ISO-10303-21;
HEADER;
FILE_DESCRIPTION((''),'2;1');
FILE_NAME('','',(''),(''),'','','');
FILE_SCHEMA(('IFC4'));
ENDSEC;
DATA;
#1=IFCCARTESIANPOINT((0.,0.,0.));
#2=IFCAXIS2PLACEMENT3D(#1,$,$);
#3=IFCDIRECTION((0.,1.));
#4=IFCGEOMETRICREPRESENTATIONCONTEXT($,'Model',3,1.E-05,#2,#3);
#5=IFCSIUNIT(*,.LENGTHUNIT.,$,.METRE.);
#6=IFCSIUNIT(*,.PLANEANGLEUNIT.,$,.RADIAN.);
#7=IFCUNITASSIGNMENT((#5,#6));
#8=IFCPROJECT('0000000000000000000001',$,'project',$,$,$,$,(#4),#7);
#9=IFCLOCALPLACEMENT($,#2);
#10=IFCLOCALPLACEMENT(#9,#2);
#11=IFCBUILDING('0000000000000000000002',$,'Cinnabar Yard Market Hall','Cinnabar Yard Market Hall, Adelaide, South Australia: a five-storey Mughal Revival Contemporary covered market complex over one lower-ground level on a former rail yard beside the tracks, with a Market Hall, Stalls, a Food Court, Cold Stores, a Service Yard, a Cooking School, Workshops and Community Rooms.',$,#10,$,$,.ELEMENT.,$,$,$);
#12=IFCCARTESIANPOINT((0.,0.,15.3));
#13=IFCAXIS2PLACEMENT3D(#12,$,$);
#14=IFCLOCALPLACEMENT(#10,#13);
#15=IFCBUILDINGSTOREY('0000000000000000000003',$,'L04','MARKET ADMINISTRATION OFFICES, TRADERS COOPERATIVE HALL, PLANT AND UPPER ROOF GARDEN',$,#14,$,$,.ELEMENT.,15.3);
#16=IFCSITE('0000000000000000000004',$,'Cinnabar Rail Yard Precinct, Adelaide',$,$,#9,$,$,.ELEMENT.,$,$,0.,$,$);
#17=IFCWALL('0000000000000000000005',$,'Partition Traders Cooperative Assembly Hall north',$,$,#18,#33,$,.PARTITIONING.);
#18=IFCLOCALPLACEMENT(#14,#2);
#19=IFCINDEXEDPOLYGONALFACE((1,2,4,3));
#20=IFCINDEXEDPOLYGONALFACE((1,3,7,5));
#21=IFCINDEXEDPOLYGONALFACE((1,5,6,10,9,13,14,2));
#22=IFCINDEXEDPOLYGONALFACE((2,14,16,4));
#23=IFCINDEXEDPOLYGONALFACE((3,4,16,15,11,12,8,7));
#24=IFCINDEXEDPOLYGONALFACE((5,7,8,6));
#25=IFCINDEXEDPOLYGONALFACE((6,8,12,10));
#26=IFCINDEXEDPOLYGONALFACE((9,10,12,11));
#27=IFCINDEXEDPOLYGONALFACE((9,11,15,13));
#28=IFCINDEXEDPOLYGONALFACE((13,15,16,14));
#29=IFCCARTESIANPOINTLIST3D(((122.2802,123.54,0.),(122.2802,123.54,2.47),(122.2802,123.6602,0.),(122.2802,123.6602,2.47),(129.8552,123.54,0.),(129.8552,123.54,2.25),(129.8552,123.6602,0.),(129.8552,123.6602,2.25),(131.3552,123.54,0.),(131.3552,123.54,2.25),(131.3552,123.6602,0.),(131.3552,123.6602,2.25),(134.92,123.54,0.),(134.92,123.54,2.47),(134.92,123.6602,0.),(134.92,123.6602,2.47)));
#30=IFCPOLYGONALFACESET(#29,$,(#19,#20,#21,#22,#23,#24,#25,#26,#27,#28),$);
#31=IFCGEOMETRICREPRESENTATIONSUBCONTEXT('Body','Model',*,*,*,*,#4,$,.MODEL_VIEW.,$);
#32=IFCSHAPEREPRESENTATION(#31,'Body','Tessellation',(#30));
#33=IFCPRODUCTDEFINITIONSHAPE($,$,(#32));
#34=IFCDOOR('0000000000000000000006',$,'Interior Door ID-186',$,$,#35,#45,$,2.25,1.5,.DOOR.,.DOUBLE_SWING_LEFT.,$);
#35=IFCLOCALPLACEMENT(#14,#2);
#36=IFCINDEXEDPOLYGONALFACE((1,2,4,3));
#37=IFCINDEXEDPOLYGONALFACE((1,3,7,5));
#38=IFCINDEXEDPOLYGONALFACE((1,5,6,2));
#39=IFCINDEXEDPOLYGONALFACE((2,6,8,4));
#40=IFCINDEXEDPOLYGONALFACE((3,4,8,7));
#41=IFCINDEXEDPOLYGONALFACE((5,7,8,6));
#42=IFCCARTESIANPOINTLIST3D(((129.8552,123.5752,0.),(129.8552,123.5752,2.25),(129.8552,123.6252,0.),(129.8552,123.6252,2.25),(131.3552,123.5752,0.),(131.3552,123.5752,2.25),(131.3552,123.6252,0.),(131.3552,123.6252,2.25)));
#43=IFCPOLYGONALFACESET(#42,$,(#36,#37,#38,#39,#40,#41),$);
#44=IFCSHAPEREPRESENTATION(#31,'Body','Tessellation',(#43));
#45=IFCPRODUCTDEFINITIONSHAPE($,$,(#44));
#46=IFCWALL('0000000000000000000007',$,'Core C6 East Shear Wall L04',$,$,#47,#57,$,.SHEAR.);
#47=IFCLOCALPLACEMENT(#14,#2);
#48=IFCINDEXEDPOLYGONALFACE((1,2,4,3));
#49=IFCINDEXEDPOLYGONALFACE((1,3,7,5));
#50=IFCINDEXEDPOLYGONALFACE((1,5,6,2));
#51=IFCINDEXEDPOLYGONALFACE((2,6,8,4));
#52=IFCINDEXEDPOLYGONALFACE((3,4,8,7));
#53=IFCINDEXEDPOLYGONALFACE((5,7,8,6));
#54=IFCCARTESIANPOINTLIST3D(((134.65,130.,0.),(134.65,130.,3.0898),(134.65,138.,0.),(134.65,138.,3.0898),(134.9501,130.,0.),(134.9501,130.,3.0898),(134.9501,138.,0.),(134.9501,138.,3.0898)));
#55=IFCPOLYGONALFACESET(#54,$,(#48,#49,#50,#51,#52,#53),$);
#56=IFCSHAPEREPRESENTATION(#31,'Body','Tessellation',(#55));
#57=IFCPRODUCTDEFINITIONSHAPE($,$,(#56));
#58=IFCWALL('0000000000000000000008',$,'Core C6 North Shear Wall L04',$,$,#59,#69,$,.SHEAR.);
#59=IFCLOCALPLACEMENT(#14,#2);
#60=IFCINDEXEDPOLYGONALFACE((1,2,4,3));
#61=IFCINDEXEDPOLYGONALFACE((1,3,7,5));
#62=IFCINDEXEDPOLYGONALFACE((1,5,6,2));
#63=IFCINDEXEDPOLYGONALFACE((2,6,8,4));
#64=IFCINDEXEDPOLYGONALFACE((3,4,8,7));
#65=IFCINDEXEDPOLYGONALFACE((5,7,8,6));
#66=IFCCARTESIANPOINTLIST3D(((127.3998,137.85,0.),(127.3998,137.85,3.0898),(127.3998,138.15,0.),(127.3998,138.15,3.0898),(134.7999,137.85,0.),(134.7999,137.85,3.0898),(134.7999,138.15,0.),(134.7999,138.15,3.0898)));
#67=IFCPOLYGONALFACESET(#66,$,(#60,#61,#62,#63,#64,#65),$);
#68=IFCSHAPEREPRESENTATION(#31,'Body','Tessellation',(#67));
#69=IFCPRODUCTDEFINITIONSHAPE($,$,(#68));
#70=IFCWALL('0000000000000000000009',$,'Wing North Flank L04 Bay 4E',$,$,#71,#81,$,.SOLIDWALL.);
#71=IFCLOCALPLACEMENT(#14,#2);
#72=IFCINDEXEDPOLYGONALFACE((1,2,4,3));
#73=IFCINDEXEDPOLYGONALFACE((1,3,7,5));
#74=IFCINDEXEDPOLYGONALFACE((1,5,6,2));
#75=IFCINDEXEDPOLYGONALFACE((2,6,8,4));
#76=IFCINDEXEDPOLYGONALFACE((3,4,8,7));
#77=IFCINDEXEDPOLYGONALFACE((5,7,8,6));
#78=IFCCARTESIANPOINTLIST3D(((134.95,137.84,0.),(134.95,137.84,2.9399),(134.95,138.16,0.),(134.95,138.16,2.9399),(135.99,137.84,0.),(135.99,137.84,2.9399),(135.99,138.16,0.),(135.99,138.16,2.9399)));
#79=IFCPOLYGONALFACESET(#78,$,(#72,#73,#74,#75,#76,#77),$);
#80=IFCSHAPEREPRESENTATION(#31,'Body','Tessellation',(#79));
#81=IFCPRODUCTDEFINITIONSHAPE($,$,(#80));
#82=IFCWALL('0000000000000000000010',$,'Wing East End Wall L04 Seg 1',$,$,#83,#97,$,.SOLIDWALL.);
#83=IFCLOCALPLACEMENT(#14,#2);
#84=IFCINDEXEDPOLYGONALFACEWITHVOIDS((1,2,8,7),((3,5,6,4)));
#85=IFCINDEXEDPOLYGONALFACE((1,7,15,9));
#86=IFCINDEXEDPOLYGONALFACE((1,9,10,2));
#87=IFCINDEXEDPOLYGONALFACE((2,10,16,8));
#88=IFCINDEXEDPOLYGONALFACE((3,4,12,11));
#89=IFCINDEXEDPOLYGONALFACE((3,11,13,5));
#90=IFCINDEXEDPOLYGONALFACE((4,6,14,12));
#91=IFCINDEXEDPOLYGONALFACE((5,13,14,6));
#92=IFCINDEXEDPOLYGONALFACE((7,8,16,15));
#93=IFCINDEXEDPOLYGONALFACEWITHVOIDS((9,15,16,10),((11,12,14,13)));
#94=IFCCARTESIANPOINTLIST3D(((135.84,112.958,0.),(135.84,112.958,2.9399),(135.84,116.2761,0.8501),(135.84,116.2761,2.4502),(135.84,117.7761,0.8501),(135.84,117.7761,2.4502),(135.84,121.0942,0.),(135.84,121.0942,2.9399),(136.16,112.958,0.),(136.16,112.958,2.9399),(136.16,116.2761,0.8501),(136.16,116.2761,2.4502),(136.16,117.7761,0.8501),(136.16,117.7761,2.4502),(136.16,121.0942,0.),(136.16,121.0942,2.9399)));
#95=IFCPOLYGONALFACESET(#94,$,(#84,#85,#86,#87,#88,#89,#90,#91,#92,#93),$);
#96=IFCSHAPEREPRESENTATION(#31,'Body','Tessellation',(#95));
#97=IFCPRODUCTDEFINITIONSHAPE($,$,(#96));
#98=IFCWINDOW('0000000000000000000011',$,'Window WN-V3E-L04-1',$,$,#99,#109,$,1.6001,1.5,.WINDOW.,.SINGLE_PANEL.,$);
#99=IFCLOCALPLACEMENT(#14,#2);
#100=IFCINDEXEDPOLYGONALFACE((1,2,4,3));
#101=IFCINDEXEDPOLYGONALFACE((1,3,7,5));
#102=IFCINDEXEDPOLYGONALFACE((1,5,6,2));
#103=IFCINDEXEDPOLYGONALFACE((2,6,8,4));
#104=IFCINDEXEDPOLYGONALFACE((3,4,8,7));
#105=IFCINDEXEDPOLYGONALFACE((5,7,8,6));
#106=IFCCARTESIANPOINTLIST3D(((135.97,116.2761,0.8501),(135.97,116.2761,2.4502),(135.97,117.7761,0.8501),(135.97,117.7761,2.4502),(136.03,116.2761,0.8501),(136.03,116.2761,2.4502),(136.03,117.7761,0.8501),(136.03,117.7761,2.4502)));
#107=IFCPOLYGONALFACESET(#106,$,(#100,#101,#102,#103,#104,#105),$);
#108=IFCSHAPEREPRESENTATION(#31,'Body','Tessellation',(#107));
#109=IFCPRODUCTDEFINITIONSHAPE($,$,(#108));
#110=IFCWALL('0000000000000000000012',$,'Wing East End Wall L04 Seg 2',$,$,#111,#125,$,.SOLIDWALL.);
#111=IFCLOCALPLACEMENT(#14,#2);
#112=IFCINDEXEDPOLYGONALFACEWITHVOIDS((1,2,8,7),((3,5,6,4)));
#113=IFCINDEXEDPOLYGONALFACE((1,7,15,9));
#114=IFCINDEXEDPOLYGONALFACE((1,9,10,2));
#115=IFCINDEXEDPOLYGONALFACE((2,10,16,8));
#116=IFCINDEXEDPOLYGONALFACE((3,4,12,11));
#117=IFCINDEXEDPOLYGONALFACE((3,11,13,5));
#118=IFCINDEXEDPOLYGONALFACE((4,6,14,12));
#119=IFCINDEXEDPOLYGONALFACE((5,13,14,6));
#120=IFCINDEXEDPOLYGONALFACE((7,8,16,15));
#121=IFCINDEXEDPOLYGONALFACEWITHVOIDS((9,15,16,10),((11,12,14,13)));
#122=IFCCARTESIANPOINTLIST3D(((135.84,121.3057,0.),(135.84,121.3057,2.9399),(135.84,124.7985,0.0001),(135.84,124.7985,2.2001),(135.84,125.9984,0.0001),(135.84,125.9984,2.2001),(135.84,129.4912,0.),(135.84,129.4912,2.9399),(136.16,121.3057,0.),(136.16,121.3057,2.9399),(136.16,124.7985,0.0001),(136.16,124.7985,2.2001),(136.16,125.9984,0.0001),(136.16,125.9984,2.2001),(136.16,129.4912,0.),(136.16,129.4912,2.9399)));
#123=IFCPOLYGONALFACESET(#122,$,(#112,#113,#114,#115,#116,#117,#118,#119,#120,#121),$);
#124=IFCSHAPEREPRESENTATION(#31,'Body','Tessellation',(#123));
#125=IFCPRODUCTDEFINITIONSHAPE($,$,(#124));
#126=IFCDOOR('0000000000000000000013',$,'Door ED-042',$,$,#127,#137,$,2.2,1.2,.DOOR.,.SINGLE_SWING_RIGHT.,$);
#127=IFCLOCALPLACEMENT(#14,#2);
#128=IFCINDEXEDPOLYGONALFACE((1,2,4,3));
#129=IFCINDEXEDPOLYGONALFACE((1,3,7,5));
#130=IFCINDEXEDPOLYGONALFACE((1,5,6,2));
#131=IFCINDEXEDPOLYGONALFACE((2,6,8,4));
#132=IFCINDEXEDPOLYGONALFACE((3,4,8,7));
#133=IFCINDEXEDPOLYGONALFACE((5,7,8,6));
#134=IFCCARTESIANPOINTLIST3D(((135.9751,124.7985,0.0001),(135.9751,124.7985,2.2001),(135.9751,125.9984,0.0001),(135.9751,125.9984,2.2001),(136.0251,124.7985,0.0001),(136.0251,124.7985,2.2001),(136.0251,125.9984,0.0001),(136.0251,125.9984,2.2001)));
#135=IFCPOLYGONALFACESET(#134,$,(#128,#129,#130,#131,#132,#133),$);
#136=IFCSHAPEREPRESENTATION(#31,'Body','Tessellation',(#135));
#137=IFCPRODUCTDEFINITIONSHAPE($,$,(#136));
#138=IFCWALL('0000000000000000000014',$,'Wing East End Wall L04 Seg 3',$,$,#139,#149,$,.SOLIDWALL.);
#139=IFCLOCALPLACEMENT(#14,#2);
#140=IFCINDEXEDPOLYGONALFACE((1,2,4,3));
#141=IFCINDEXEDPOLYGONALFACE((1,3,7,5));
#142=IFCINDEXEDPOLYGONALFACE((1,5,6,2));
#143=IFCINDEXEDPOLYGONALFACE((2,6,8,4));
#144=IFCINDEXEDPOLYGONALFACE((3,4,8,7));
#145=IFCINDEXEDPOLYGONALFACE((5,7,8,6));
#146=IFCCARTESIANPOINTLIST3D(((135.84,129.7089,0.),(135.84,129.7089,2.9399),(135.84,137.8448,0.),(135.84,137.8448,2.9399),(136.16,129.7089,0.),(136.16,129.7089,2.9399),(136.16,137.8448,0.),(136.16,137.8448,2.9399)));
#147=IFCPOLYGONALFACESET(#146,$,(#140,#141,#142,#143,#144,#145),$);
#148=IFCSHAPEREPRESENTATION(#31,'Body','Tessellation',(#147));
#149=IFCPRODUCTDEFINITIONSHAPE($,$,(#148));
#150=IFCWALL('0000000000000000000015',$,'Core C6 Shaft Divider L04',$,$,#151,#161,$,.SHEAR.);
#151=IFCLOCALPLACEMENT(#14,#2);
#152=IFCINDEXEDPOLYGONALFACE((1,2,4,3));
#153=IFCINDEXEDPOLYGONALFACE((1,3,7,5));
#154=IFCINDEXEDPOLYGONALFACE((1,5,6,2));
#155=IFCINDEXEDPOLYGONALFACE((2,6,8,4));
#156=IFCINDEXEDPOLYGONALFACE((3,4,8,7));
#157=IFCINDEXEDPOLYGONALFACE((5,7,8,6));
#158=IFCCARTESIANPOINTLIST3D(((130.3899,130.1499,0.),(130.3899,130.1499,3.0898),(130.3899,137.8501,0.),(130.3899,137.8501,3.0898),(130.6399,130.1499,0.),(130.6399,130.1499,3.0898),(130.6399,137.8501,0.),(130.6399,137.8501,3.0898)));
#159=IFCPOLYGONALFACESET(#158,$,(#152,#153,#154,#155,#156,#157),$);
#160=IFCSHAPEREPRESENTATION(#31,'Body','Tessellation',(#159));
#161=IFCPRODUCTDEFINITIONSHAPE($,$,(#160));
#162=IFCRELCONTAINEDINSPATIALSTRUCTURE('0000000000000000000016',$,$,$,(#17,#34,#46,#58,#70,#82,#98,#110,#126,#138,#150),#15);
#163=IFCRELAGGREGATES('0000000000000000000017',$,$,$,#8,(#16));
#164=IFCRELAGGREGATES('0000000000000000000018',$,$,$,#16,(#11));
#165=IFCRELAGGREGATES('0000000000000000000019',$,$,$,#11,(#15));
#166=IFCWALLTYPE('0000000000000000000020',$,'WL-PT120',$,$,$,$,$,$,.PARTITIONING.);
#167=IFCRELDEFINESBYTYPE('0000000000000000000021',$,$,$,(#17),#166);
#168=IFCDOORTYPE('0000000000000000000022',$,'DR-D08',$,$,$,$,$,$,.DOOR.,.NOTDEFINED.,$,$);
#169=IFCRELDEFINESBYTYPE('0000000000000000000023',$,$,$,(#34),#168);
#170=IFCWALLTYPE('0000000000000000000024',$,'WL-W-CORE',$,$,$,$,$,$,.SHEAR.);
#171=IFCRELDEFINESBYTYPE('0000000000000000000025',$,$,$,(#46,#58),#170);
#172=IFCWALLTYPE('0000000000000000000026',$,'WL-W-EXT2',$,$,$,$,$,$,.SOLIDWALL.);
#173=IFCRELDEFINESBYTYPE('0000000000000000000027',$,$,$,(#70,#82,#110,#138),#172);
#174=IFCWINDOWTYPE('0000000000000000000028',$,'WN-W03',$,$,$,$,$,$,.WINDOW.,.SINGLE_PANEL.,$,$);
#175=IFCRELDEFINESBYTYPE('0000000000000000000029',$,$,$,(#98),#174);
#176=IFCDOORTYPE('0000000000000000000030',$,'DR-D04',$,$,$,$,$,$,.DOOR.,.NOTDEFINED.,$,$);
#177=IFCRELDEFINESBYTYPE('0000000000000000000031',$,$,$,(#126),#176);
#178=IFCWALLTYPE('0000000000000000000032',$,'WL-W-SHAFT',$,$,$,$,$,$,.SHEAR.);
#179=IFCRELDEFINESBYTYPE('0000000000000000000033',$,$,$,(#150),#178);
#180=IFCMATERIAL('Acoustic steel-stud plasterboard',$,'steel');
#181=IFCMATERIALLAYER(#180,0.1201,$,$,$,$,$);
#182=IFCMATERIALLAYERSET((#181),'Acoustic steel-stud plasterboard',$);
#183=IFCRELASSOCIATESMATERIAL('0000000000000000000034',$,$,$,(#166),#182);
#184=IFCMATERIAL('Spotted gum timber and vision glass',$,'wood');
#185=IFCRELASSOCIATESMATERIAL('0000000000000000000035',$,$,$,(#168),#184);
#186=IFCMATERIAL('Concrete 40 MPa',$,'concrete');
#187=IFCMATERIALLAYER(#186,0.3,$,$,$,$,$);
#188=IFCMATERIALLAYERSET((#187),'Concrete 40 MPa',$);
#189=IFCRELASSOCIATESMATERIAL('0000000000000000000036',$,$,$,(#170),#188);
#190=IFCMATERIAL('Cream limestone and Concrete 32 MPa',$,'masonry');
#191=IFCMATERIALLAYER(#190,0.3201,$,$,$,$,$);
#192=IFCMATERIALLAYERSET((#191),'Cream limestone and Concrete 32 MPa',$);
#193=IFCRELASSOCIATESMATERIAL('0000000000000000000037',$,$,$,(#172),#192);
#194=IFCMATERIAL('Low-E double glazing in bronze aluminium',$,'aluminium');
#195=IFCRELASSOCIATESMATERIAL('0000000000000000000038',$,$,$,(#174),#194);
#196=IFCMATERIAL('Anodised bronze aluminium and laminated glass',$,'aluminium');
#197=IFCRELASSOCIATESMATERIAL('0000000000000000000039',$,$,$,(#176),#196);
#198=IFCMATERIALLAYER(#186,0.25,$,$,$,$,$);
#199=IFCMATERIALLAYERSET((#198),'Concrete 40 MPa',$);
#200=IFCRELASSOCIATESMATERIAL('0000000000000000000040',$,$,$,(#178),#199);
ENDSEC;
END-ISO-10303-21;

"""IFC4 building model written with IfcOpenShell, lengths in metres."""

from ifc_helpers import new_model, si_unit, direction, frame, frame_2d, origin, place, context, subcontext, project, spatial, rectangle, extrude, material, layer, layer_set, type_object, element, fill, save


model = new_model("IFC4")

# Units and contexts
model_context = context("Model", 3, precision=1e-05, world=origin(), true_north=direction((0.0, 1.0)))
body_context = subcontext(model_context, "Body", "Model", "MODEL_VIEW")
ifc_project = project(units=[si_unit("LENGTHUNIT", "METRE"), si_unit("PLANEANGLEUNIT", "RADIAN")], contexts=[model_context])

# Site, building, storey
site_placement = place(None, origin())
site = spatial("IfcSite", under=ifc_project, at=site_placement, Name="Cinnabar Rail Yard Precinct, Adelaide", CompositionType="ELEMENT", RefElevation=0.0)
building_placement = place(site_placement, origin())
building = spatial("IfcBuilding", under=site, at=building_placement, Name="Cinnabar Yard Market Hall", Description="Cinnabar Yard Market Hall, Adelaide, South Australia: a five-storey Mughal Revival Contemporary covered market complex over one lower-ground level on a former rail yard beside the tracks, with a Market Hall, Stalls, a Food Court, Cold Stores, a Service Yard, a Cooking School, Workshops and Community Rooms.", CompositionType="ELEMENT")
storey_placement = place(building_placement, frame((0.0, 0.0, 15.3)))
storey = spatial("IfcBuildingStorey", under=building, at=storey_placement, Name="L04", Description="MARKET ADMINISTRATION OFFICES, TRADERS COOPERATIVE HALL, PLANT AND UPPER ROOF GARDEN", CompositionType="ELEMENT", Elevation=15.3)

# Shared definitions
ifc_material_1 = material(Name="Acoustic steel-stud plasterboard", Category="steel")
ifc_layer_1 = layer(ifc_material_1, 0.1201)
ifc_layer_set_1 = layer_set([ifc_layer_1], Name="Acoustic steel-stud plasterboard")
wall_type_1 = type_object("IfcWallType", Name="WL-PT120", PredefinedType="PARTITIONING", material=ifc_layer_set_1)

# Wall, opening, door
wall_1_placement = place(storey_placement, frame((134.9199, 123.6001, 0.0), z_axis=(0.0, 0.0, 1.0), x_axis=(-1.0, 0.0, 0.0)))
wall_1 = element("IfcWall", 1, at=wall_1_placement, inside=storey, type_object=wall_type_1, Name="Partition Traders Cooperative Assembly Hall north", PredefinedType="PARTITIONING", context=body_context, shape_type="SweptSolid", body=[
    extrude(rectangle(XDim=12.6399, YDim=0.1201, at=frame_2d((6.3198, 0.0), x_axis=(1.0, 0.0))), origin(), (0.0, 0.0, 1.0), 2.47),
])
opening_1_placement = place(wall_1_placement, frame((3.5647, 0.0, 0.0)))
opening_1 = element("IfcOpeningElement", 2, at=opening_1_placement, cuts=wall_1, PredefinedType="OPENING", context=body_context, shape_type="SweptSolid", body=[
    extrude(rectangle(XDim=1.5, YDim=2.25, at=frame_2d((0.75, 1.125), x_axis=(1.0, 0.0))), frame((0.0, 0.0701, 0.0), z_axis=(0.0, -1.0, 0.0), x_axis=(1.0, 0.0, 0.0)), (0.0, 0.0, 1.0), 0.1401),
])
ifc_material_2 = material(Name="Spotted gum timber and vision glass", Category="wood")
door_type_1 = type_object("IfcDoorType", Name="DR-D08", OperationType="NOTDEFINED", PredefinedType="DOOR", material=ifc_material_2)
door_1_placement = place(opening_1_placement, origin())
door_1 = element("IfcDoor", 3, at=door_1_placement, inside=storey, type_object=door_type_1, Name="Interior Door ID-186", OperationType="DOUBLE_SWING_LEFT", OverallHeight=2.25, OverallWidth=1.5, PredefinedType="DOOR", context=body_context, shape_type="SweptSolid", body=[
    extrude(rectangle(XDim=1.5, YDim=2.25, at=frame_2d((0.75, 1.125), x_axis=(1.0, 0.0))), frame((0.0, 0.0249, 0.0), z_axis=(0.0, -1.0, 0.0), x_axis=(1.0, 0.0, 0.0)), (0.0, 0.0, 1.0), 0.05),
])
fill(opening_1, door_1)

# Walls
ifc_material_3 = material(Name="Concrete 40 MPa", Category="concrete")
ifc_layer_2 = layer(ifc_material_3, 0.3)
ifc_layer_set_2 = layer_set([ifc_layer_2], Name="Concrete 40 MPa")
wall_type_2 = type_object("IfcWallType", Name="WL-W-CORE", PredefinedType="SHEAR", material=ifc_layer_set_2)
wall_2_placement = place(storey_placement, frame((134.8, 130.0, 0.0), z_axis=(0.0, 0.0, 1.0), x_axis=(0.0, 1.0, 0.0)))
element("IfcWall", 4, at=wall_2_placement, inside=storey, type_object=wall_type_2, Name="Core C6 East Shear Wall L04", PredefinedType="SHEAR", context=body_context, shape_type="SweptSolid", body=[
    extrude(rectangle(XDim=8.0, YDim=0.3, at=frame_2d((4.0, 0.0), x_axis=(1.0, 0.0))), origin(), (0.0, 0.0, 1.0), 3.0898),
])
wall_3_placement = place(storey_placement, frame((134.8, 138.0, 0.0), z_axis=(0.0, 0.0, 1.0), x_axis=(-1.0, 0.0, 0.0)))
element("IfcWall", 5, at=wall_3_placement, inside=storey, type_object=wall_type_2, Name="Core C6 North Shear Wall L04", PredefinedType="SHEAR", context=body_context, shape_type="SweptSolid", body=[
    extrude(rectangle(XDim=7.4001, YDim=0.3, at=frame_2d((3.7002, 0.0), x_axis=(1.0, 0.0))), origin(), (0.0, 0.0, 1.0), 3.0898),
])
ifc_material_4 = material(Name="Cream limestone and Concrete 32 MPa", Category="masonry")
ifc_layer_3 = layer(ifc_material_4, 0.3201)
ifc_layer_set_3 = layer_set([ifc_layer_3], Name="Cream limestone and Concrete 32 MPa")
wall_type_3 = type_object("IfcWallType", Name="WL-W-EXT2", PredefinedType="SOLIDWALL", material=ifc_layer_set_3)
wall_4_placement = place(storey_placement, frame((135.99, 138.0, 0.0), z_axis=(0.0, 0.0, 1.0), x_axis=(-1.0, 0.0, 0.0)))
element("IfcWall", 6, at=wall_4_placement, inside=storey, type_object=wall_type_3, Name="Wing North Flank L04 Bay 4E", PredefinedType="SOLIDWALL", context=body_context, shape_type="SweptSolid", body=[
    extrude(rectangle(XDim=1.04, YDim=0.3201, at=frame_2d((0.52, 0.0), x_axis=(1.0, 0.0))), origin(), (0.0, 0.0, 1.0), 2.9399),
])

# Wall, opening, window
wall_5_placement = place(storey_placement, frame((136.0, 112.958, 0.0), z_axis=(0.0, 0.0, 1.0), x_axis=(0.0, 1.0, 0.0)))
wall_5 = element("IfcWall", 7, at=wall_5_placement, inside=storey, type_object=wall_type_3, Name="Wing East End Wall L04 Seg 1", PredefinedType="SOLIDWALL", context=body_context, shape_type="SweptSolid", body=[
    extrude(rectangle(XDim=8.1362, YDim=0.3201, at=frame_2d((4.0681, 0.0), x_axis=(1.0, 0.0))), origin(), (0.0, 0.0, 1.0), 2.9399),
])
opening_2_placement = place(wall_5_placement, frame((3.3181, 0.0, 0.8501)))
opening_2 = element("IfcOpeningElement", 8, at=opening_2_placement, cuts=wall_5, PredefinedType="OPENING", context=body_context, shape_type="SweptSolid", body=[
    extrude(rectangle(XDim=1.5, YDim=1.6001, at=frame_2d((0.75, 0.8), x_axis=(1.0, 0.0))), frame((0.0, 0.1699, 0.0), z_axis=(0.0, -1.0, 0.0), x_axis=(1.0, 0.0, 0.0)), (0.0, 0.0, 1.0), 0.3401),
])
ifc_material_5 = material(Name="Low-E double glazing in bronze aluminium", Category="aluminium")
window_type = type_object("IfcWindowType", Name="WN-W03", PartitioningType="SINGLE_PANEL", PredefinedType="WINDOW", material=ifc_material_5)
window_placement = place(opening_2_placement, origin())
window = element("IfcWindow", 9, at=window_placement, inside=storey, type_object=window_type, Name="Window WN-V3E-L04-1", OverallHeight=1.6001, OverallWidth=1.5, PartitioningType="SINGLE_PANEL", PredefinedType="WINDOW", context=body_context, shape_type="SweptSolid", body=[
    extrude(rectangle(XDim=1.5, YDim=1.6001, at=frame_2d((0.75, 0.8), x_axis=(1.0, 0.0))), frame((0.0, 0.03, 0.0), z_axis=(0.0, -1.0, 0.0), x_axis=(1.0, 0.0, 0.0)), (0.0, 0.0, 1.0), 0.0601),
])
fill(opening_2, window)

# Wall, opening, door
wall_6_placement = place(storey_placement, frame((136.0, 121.3057, 0.0), z_axis=(0.0, 0.0, 1.0), x_axis=(0.0, 1.0, 0.0)))
wall_6 = element("IfcWall", 10, at=wall_6_placement, inside=storey, type_object=wall_type_3, Name="Wing East End Wall L04 Seg 2", PredefinedType="SOLIDWALL", context=body_context, shape_type="SweptSolid", body=[
    extrude(rectangle(XDim=8.1855, YDim=0.3201, at=frame_2d((4.0928, 0.0), x_axis=(1.0, 0.0))), origin(), (0.0, 0.0, 1.0), 2.9399),
])
opening_3_placement = place(wall_6_placement, frame((3.4927, 0.0, 0.0)))
opening_3 = element("IfcOpeningElement", 11, at=opening_3_placement, cuts=wall_6, PredefinedType="OPENING", context=body_context, shape_type="SweptSolid", body=[
    extrude(rectangle(XDim=1.2, YDim=2.2, at=frame_2d((0.6001, 1.1001), x_axis=(1.0, 0.0))), frame((0.0, 0.1699, 0.0), z_axis=(0.0, -1.0, 0.0), x_axis=(1.0, 0.0, 0.0)), (0.0, 0.0, 1.0), 0.3401),
])
ifc_material_6 = material(Name="Anodised bronze aluminium and laminated glass", Category="aluminium")
door_type_2 = type_object("IfcDoorType", Name="DR-D04", OperationType="NOTDEFINED", PredefinedType="DOOR", material=ifc_material_6)
door_2_placement = place(opening_3_placement, origin())
door_2 = element("IfcDoor", 12, at=door_2_placement, inside=storey, type_object=door_type_2, Name="Door ED-042", OperationType="SINGLE_SWING_RIGHT", OverallHeight=2.2, OverallWidth=1.2, PredefinedType="DOOR", context=body_context, shape_type="SweptSolid", body=[
    extrude(rectangle(XDim=1.2, YDim=2.2, at=frame_2d((0.6001, 1.1001), x_axis=(1.0, 0.0))), frame((0.0, 0.0249, 0.0), z_axis=(0.0, -1.0, 0.0), x_axis=(1.0, 0.0, 0.0)), (0.0, 0.0, 1.0), 0.05),
])
fill(opening_3, door_2)

# Walls
wall_7_placement = place(storey_placement, frame((136.0, 129.709, 0.0), z_axis=(0.0, 0.0, 1.0), x_axis=(0.0, 1.0, 0.0)))
element("IfcWall", 13, at=wall_7_placement, inside=storey, type_object=wall_type_3, Name="Wing East End Wall L04 Seg 3", PredefinedType="SOLIDWALL", context=body_context, shape_type="SweptSolid", body=[
    extrude(rectangle(XDim=8.136, YDim=0.3201, at=frame_2d((4.0679, 0.0), x_axis=(1.0, 0.0))), origin(), (0.0, 0.0, 1.0), 2.9399),
])
ifc_layer_4 = layer(ifc_material_3, 0.25)
ifc_layer_set_4 = layer_set([ifc_layer_4], Name="Concrete 40 MPa")
wall_type_4 = type_object("IfcWallType", Name="WL-W-SHAFT", PredefinedType="SHEAR", material=ifc_layer_set_4)
wall_8_placement = place(storey_placement, frame((130.5149, 130.1499, 0.0), z_axis=(0.0, 0.0, 1.0), x_axis=(0.0, 1.0, 0.0)))
element("IfcWall", 14, at=wall_8_placement, inside=storey, type_object=wall_type_4, Name="Core C6 Shaft Divider L04", PredefinedType="SHEAR", context=body_context, shape_type="SweptSolid", body=[
    extrude(rectangle(XDim=7.7002, YDim=0.25, at=frame_2d((3.8501, 0.0), x_axis=(1.0, 0.0))), origin(), (0.0, 0.0, 1.0), 3.0898),
])

save(model, "model.ifc")
